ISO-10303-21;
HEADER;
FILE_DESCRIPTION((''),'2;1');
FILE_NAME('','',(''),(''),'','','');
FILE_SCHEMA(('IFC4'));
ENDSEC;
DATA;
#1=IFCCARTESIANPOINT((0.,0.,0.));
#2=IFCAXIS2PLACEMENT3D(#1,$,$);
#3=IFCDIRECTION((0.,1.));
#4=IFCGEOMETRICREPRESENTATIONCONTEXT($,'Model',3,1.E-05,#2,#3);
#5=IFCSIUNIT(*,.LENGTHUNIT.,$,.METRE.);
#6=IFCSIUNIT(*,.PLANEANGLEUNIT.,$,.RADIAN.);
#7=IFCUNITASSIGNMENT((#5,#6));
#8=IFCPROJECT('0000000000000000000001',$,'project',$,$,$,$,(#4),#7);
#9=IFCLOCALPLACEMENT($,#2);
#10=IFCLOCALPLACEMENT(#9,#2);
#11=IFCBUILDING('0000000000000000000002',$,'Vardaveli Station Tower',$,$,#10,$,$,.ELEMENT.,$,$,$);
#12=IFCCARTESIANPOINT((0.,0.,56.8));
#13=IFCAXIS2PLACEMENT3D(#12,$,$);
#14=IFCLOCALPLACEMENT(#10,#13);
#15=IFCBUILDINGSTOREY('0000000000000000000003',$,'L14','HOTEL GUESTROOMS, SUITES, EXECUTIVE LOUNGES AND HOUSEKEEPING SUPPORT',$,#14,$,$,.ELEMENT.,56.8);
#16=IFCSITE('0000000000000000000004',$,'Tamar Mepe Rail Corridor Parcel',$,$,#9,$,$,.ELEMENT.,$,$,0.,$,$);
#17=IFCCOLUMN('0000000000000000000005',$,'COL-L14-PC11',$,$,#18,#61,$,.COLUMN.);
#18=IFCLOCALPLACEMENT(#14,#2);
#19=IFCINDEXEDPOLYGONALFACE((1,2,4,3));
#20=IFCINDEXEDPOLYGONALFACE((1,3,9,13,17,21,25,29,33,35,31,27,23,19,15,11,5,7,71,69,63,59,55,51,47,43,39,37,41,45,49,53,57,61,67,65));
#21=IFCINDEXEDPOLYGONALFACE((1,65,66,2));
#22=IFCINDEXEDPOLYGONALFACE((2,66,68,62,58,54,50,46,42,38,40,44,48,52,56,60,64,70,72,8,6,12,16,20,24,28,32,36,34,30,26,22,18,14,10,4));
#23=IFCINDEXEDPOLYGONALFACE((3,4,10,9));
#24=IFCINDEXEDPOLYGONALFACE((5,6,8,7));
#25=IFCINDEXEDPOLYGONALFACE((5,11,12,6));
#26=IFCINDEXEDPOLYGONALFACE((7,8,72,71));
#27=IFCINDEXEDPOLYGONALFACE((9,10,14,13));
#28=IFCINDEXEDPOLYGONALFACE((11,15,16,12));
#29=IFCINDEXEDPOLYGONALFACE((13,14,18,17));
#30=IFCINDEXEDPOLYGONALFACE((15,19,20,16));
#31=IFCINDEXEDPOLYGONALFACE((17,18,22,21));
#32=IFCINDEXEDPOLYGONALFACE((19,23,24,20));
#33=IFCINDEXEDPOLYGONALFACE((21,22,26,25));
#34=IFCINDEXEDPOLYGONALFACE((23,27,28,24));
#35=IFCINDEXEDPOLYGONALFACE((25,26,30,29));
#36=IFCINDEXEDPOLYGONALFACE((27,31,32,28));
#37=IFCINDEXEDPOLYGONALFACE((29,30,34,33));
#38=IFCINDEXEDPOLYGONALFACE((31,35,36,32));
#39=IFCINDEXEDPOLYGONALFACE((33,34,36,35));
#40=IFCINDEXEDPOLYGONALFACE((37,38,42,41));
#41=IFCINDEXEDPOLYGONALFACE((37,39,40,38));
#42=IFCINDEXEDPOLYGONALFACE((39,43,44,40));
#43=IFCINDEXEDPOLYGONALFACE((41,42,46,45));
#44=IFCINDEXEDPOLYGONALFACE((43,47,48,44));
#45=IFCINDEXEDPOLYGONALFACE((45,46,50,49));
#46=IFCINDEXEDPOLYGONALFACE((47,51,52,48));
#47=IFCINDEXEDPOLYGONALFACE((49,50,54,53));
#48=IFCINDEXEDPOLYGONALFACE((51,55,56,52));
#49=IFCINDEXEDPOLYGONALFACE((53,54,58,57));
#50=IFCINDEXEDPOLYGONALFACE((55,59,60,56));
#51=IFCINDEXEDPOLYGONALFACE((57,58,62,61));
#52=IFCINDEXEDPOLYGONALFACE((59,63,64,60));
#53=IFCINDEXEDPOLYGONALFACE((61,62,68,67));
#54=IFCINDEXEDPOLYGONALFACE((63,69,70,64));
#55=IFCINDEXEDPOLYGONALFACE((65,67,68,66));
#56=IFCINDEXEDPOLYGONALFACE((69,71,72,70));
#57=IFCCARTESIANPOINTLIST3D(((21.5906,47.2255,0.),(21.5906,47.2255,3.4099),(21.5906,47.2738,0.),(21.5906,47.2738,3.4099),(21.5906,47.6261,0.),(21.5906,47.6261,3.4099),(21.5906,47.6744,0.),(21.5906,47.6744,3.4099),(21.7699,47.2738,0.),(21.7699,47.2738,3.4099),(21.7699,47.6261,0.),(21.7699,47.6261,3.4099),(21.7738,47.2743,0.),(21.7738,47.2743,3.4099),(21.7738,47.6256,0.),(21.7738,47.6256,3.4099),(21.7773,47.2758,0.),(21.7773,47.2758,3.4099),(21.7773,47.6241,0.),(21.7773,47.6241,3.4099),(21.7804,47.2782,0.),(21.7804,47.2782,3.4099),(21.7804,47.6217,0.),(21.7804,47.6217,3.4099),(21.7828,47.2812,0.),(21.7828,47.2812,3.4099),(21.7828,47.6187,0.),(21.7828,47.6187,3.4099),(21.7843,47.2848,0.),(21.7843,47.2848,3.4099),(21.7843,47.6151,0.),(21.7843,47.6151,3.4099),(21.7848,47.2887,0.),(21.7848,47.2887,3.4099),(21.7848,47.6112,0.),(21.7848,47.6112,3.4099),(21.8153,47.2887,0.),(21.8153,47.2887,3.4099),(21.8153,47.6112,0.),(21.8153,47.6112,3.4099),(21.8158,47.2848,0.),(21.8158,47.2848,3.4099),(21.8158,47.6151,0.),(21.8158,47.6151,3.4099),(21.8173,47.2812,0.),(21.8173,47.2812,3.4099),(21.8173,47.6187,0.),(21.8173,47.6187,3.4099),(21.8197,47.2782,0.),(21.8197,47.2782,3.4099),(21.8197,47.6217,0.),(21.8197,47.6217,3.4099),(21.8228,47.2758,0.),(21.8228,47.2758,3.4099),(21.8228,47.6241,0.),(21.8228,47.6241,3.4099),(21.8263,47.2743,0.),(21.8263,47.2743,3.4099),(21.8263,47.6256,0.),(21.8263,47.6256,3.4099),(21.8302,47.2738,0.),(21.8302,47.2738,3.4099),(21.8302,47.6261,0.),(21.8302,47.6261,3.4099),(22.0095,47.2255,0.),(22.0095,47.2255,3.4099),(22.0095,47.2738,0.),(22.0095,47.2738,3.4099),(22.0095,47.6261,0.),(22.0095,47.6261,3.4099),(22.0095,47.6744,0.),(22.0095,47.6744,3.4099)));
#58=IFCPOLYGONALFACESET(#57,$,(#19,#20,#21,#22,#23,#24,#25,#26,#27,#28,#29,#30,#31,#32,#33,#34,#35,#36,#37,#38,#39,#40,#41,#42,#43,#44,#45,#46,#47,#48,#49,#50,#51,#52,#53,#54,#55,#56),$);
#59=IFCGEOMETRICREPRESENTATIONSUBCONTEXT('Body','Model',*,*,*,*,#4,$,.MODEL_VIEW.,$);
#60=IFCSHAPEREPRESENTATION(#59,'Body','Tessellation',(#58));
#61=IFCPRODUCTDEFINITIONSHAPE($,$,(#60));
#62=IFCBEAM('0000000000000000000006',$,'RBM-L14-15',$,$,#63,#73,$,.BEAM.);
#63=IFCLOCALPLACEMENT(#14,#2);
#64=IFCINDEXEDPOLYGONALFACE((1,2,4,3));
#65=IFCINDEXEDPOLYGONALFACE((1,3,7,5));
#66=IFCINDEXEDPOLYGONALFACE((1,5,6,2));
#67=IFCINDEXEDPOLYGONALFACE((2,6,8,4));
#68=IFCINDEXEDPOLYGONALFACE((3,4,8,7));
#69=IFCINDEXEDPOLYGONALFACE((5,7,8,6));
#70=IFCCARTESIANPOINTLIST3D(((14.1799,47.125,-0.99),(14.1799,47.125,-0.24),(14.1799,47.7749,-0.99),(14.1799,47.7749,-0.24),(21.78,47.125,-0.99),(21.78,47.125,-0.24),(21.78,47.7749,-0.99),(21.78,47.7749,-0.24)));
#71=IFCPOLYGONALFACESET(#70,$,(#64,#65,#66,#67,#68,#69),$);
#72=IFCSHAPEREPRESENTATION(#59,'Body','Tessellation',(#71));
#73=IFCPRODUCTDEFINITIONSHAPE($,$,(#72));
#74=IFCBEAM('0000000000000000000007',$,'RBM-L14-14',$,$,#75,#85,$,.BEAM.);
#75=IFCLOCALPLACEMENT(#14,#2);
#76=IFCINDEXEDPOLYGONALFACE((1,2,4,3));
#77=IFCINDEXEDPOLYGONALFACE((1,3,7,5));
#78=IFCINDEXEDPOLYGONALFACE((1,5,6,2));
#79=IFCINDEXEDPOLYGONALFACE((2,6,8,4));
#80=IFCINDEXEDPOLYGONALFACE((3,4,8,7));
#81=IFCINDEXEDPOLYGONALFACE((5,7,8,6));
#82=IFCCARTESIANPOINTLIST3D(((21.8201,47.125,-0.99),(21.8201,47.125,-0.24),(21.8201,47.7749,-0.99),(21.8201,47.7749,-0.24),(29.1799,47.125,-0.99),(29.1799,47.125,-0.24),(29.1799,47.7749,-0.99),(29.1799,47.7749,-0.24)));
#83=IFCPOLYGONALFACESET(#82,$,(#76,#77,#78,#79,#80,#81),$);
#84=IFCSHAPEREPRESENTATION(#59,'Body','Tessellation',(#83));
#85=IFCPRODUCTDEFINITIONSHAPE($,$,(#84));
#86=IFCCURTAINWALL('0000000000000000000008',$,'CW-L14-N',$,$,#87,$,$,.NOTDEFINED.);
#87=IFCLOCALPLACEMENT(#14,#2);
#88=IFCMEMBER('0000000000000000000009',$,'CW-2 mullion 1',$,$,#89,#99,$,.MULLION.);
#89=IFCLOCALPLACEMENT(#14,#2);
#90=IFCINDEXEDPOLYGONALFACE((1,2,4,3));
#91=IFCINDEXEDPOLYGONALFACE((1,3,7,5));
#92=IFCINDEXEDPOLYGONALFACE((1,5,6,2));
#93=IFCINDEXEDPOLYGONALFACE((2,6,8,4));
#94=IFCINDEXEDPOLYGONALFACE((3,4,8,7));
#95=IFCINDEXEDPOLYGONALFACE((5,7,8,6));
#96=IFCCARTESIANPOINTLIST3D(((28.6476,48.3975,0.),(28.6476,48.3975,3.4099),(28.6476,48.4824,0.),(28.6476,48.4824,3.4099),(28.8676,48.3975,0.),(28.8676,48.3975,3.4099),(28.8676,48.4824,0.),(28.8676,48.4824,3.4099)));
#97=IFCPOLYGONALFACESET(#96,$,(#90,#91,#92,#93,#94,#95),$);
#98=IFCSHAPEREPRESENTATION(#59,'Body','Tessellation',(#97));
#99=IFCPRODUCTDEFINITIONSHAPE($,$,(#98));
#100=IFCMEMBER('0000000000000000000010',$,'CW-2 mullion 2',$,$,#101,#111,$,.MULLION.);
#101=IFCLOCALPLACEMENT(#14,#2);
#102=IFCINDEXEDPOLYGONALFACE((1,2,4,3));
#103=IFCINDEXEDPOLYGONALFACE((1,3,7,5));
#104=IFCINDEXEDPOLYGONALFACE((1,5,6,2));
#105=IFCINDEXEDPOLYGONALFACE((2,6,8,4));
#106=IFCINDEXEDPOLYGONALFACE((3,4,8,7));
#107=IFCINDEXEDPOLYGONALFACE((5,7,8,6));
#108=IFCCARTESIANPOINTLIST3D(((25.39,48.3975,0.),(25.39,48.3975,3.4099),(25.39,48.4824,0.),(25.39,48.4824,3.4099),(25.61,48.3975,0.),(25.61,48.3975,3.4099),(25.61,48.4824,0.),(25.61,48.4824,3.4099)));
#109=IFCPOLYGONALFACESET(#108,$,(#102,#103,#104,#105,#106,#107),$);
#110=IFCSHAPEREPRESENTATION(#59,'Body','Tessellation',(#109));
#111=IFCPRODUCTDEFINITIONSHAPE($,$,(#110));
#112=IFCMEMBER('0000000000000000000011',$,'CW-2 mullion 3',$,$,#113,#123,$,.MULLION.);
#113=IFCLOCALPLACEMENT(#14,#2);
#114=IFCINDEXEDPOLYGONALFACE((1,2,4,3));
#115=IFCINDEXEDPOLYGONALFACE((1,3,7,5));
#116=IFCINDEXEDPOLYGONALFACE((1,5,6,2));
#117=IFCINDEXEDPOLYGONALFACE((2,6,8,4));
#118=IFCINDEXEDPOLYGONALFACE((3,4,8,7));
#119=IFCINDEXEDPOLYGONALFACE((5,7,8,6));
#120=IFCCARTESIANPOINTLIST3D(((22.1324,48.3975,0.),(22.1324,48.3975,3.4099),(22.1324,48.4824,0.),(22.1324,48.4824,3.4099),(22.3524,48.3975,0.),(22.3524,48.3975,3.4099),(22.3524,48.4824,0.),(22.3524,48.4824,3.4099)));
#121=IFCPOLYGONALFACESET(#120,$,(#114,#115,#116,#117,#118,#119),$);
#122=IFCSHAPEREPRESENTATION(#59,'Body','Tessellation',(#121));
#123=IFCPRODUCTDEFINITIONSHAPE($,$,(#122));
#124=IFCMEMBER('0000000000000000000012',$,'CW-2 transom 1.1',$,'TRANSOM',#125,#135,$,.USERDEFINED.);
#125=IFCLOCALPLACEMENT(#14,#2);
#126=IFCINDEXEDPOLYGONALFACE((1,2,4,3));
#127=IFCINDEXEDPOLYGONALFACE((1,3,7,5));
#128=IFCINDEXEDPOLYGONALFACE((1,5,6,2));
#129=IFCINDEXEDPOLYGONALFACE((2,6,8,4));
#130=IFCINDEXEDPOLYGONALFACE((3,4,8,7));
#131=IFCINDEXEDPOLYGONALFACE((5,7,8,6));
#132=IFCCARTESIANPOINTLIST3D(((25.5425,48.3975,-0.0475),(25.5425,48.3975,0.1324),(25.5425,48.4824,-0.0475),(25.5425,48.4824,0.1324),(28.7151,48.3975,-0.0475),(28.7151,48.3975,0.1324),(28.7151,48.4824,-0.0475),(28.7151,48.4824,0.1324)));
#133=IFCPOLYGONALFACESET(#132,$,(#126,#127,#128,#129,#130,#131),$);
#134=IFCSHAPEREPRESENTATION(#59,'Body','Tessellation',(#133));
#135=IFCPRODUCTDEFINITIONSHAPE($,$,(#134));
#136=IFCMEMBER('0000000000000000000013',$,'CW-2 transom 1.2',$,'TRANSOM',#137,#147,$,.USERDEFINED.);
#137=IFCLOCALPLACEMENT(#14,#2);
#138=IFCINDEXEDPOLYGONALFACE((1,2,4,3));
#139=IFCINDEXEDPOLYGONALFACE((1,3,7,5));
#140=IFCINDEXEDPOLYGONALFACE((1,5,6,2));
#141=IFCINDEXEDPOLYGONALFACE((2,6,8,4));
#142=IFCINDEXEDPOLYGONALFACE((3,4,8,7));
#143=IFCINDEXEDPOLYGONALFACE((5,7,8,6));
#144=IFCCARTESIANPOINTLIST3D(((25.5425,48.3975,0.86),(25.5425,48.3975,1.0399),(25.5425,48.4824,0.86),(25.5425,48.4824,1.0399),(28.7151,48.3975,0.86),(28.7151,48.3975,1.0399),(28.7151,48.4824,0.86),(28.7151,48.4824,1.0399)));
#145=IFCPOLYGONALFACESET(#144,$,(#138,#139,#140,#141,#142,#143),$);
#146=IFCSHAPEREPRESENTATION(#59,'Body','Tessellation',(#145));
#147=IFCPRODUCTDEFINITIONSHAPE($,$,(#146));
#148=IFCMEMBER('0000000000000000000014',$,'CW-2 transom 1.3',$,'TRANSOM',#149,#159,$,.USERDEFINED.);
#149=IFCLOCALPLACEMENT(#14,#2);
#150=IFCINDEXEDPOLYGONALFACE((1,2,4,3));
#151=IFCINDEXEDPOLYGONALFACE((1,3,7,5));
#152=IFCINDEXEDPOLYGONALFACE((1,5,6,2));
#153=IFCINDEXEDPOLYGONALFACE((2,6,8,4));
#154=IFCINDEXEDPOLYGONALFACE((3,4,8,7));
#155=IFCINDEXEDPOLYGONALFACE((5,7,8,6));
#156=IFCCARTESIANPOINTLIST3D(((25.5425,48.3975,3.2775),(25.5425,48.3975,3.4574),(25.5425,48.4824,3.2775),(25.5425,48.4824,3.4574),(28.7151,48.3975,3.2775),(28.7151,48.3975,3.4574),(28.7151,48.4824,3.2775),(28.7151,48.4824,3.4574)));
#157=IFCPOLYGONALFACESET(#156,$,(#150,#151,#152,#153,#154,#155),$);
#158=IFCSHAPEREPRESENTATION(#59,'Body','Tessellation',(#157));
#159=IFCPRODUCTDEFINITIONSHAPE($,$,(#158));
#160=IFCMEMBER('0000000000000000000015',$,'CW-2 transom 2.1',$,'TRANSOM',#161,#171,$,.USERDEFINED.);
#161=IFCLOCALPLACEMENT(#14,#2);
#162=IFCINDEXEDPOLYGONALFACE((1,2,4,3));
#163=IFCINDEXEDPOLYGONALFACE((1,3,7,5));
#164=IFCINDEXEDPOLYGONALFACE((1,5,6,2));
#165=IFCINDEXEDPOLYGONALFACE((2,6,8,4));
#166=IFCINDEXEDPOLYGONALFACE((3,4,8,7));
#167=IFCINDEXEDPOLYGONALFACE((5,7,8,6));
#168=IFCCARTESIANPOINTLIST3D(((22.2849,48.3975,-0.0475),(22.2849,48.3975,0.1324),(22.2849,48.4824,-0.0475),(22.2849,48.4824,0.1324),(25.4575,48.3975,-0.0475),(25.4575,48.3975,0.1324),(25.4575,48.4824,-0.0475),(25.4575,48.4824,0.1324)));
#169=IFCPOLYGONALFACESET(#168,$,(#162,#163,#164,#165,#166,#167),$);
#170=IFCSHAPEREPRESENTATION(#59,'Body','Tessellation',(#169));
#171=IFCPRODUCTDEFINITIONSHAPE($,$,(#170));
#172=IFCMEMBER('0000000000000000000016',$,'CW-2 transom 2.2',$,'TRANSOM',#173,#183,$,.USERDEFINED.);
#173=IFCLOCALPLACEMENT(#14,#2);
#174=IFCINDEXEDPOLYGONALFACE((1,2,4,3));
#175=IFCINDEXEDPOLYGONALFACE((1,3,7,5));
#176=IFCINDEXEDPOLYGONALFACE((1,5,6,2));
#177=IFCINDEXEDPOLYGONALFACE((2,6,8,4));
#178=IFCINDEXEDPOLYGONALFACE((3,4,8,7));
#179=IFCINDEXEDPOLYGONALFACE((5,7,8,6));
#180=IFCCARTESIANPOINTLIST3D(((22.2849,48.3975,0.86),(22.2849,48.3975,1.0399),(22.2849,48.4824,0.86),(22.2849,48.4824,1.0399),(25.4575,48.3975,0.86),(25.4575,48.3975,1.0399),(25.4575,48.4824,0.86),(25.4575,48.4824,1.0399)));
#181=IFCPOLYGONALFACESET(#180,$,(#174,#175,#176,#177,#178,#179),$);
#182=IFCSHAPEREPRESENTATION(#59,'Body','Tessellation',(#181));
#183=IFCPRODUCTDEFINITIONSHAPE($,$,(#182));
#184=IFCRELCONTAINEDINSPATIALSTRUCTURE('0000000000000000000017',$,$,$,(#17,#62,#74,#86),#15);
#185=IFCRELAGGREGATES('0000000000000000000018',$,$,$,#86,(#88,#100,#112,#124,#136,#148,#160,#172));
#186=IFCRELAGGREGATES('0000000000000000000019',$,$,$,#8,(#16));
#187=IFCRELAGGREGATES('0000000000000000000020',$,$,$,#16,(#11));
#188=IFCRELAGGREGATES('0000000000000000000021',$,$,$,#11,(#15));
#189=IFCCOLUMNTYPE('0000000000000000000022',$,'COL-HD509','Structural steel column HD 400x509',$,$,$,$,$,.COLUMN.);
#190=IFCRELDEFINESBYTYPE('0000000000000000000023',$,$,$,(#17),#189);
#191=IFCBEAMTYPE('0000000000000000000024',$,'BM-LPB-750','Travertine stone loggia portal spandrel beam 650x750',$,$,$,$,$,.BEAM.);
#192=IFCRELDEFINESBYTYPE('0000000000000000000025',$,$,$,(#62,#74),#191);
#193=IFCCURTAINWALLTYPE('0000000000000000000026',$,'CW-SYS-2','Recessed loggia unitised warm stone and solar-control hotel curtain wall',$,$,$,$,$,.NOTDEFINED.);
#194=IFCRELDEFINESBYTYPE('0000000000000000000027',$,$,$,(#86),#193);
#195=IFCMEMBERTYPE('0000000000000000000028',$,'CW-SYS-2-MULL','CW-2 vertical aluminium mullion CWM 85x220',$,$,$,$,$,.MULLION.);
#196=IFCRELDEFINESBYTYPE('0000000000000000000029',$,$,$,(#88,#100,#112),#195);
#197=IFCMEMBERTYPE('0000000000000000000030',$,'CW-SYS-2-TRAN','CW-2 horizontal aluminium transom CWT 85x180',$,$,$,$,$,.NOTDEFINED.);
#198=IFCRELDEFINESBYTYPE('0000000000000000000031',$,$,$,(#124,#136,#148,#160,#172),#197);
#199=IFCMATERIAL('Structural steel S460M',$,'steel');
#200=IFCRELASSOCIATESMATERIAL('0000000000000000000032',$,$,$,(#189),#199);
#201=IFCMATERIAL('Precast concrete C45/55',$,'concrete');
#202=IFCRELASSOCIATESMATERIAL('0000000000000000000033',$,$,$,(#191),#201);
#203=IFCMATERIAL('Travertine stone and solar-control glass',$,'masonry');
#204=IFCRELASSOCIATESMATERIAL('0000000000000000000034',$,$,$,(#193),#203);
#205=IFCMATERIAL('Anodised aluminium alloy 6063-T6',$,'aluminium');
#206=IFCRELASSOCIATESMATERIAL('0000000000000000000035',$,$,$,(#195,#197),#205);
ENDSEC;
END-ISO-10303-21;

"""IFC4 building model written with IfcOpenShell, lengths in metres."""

from ifc_helpers import new_model, si_unit, direction, frame, origin, origin_2d, place, context, subcontext, project, spatial, rectangle, i_section, extrude, source, transform, mapped, material, material_profile, profile_set, type_object, element, aggregate, save


model = new_model("IFC4")

# Units and contexts
model_context = context("Model", 3, precision=1e-05, world=origin(), true_north=direction((0.0, 1.0)))
body_context = subcontext(model_context, "Body", "Model", "MODEL_VIEW")
ifc_project = project(units=[si_unit("LENGTHUNIT", "METRE"), si_unit("PLANEANGLEUNIT", "RADIAN")], contexts=[model_context])

# Site, building, storey
site_placement = place(None, origin())
site = spatial("IfcSite", under=ifc_project, at=site_placement, Name="Tamar Mepe Rail Corridor Parcel", CompositionType="ELEMENT", RefElevation=0.0)
building_placement = place(site_placement, origin())
building = spatial("IfcBuilding", under=site, at=building_placement, Name="Vardaveli Station Tower", CompositionType="ELEMENT")
storey_placement = place(building_placement, frame((0.0, 0.0, 56.8)))
storey = spatial("IfcBuildingStorey", under=building, at=storey_placement, Name="L14", Description="HOTEL GUESTROOMS, SUITES, EXECUTIVE LOUNGES AND HOUSEKEEPING SUPPORT", CompositionType="ELEMENT", Elevation=56.8)

# Column
ifc_material_1 = material(Name="Structural steel S460M", Category="steel")
ifc_material_profile_1 = material_profile(ifc_material_1, i_section(OverallWidth=0.4189, OverallDepth=0.449, WebThickness=0.0305, FlangeThickness=0.0483, FilletRadius=0.0149, at=origin_2d()), Name="HD 400x509")
ifc_profile_set_1 = profile_set([ifc_material_profile_1], Name="Structural steel S460M")
column_type = type_object("IfcColumnType", Name="COL-HD509", Description="Structural steel column HD 400x509", PredefinedType="COLUMN", material=ifc_profile_set_1)
shared_shape_1 = source(origin(), body_context, "Body", "SweptSolid", [
    extrude(i_section(OverallWidth=0.4189, OverallDepth=0.449, WebThickness=0.0305, FlangeThickness=0.0483, FilletRadius=0.0149, at=origin_2d()), origin(), (0.0, 0.0, 1.0), 3.4099),
])
column_placement = place(storey_placement, frame((21.8, 47.45, 0.0), z_axis=(0.0, 0.0, 1.0), x_axis=(1.0, 0.0, 0.0)))
element("IfcColumn", 1, at=column_placement, inside=storey, type_object=column_type, Name="COL-L14-PC11", PredefinedType="COLUMN", context=body_context, shape_type="MappedRepresentation", body=[
    mapped(shared_shape_1, transform((0.0, 0.0, 0.0), scale=1.0)),
])

# Beams
ifc_material_2 = material(Name="Precast concrete C45/55", Category="concrete")
ifc_material_profile_2 = material_profile(ifc_material_2, rectangle(XDim=0.6499, YDim=0.75, at=origin_2d()), Name="LPB 650x750")
ifc_profile_set_2 = profile_set([ifc_material_profile_2], Name="Precast concrete C45/55")
beam_type = type_object("IfcBeamType", Name="BM-LPB-750", Description="Travertine stone loggia portal spandrel beam 650x750", PredefinedType="BEAM", material=ifc_profile_set_2)
shared_shape_2 = source(origin(), body_context, "Body", "SweptSolid", [
    extrude(rectangle(XDim=0.6499, YDim=0.75, at=origin_2d()), origin(), (0.0, 0.0, 1.0), 7.6001),
])
beam_1_placement = place(storey_placement, frame((21.78, 47.45, -0.615), z_axis=(-1.0, 0.0, 0.0), x_axis=(0.0, -1.0, 0.0)))
element("IfcBeam", 2, at=beam_1_placement, inside=storey, type_object=beam_type, Name="RBM-L14-15", PredefinedType="BEAM", context=body_context, shape_type="MappedRepresentation", body=[
    mapped(shared_shape_2, transform((0.0, 0.0, 0.0), scale=1.0)),
])
shared_shape_3 = source(origin(), body_context, "Body", "SweptSolid", [
    extrude(rectangle(XDim=0.6499, YDim=0.75, at=origin_2d()), origin(), (0.0, 0.0, 1.0), 7.3599),
])
beam_2_placement = place(storey_placement, frame((29.1799, 47.45, -0.615), z_axis=(-1.0, 0.0, 0.0), x_axis=(0.0, -1.0, 0.0)))
element("IfcBeam", 3, at=beam_2_placement, inside=storey, type_object=beam_type, Name="RBM-L14-14", PredefinedType="BEAM", context=body_context, shape_type="MappedRepresentation", body=[
    mapped(shared_shape_3, transform((0.0, 0.0, 0.0), scale=1.0)),
])

# Curtain wall, members
ifc_material_3 = material(Name="Travertine stone and solar-control glass", Category="masonry")
curtain_wall_type = type_object("IfcCurtainWallType", Name="CW-SYS-2", Description="Recessed loggia unitised warm stone and solar-control hotel curtain wall", PredefinedType="NOTDEFINED", material=ifc_material_3)
curtain_wall_placement = place(storey_placement, origin())
curtain_wall = element("IfcCurtainWall", 4, at=curtain_wall_placement, inside=storey, type_object=curtain_wall_type, Name="CW-L14-N", PredefinedType="NOTDEFINED")
ifc_material_4 = material(Name="Anodised aluminium alloy 6063-T6", Category="aluminium")
ifc_material_profile_3 = material_profile(ifc_material_4, rectangle(XDim=0.085, YDim=0.22, at=origin_2d()), Name="CWM 85x220")
ifc_profile_set_3 = profile_set([ifc_material_profile_3], Name="Anodised aluminium alloy 6063-T6")
member_type_1 = type_object("IfcMemberType", Name="CW-SYS-2-MULL", Description="CW-2 vertical aluminium mullion CWM 85x220", PredefinedType="MULLION", material=ifc_profile_set_3)
shared_shape_4 = source(origin(), body_context, "Body", "SweptSolid", [
    extrude(rectangle(XDim=0.085, YDim=0.22, at=origin_2d()), origin(), (0.0, 0.0, 1.0), 3.4099),
])
member_1_placement = place(storey_placement, frame((28.7576, 48.4399, 0.0), z_axis=(0.0, 0.0, 1.0), x_axis=(0.0, -1.0, 0.0)))
member_1 = element("IfcMember", 5, at=member_1_placement, type_object=member_type_1, Name="CW-2 mullion 1", PredefinedType="MULLION", context=body_context, shape_type="MappedRepresentation", body=[
    mapped(shared_shape_4, transform((0.0, 0.0, 0.0), scale=1.0)),
])
member_2_placement = place(storey_placement, frame((25.5, 48.4399, 0.0), z_axis=(0.0, 0.0, 1.0), x_axis=(0.0, -1.0, 0.0)))
member_2 = element("IfcMember", 6, at=member_2_placement, type_object=member_type_1, Name="CW-2 mullion 2", PredefinedType="MULLION", context=body_context, shape_type="MappedRepresentation", body=[
    mapped(shared_shape_4, transform((0.0, 0.0, 0.0), scale=1.0)),
])
member_3_placement = place(storey_placement, frame((22.2424, 48.4399, 0.0), z_axis=(0.0, 0.0, 1.0), x_axis=(0.0, -1.0, 0.0)))
member_3 = element("IfcMember", 7, at=member_3_placement, type_object=member_type_1, Name="CW-2 mullion 3", PredefinedType="MULLION", context=body_context, shape_type="MappedRepresentation", body=[
    mapped(shared_shape_4, transform((0.0, 0.0, 0.0), scale=1.0)),
])
ifc_material_profile_4 = material_profile(ifc_material_4, rectangle(XDim=0.085, YDim=0.1799, at=origin_2d()), Name="CWT 85x180")
ifc_profile_set_4 = profile_set([ifc_material_profile_4], Name="Anodised aluminium alloy 6063-T6")
member_type_2 = type_object("IfcMemberType", Name="CW-SYS-2-TRAN", Description="CW-2 horizontal aluminium transom CWT 85x180", PredefinedType="NOTDEFINED", material=ifc_profile_set_4)
shared_shape_5 = source(origin(), body_context, "Body", "SweptSolid", [
    extrude(rectangle(XDim=0.085, YDim=0.1799, at=origin_2d()), origin(), (0.0, 0.0, 1.0), 3.1726),
])
member_4_placement = place(storey_placement, frame((28.7151, 48.4399, 0.0425), z_axis=(-1.0, 0.0, 0.0), x_axis=(0.0, -1.0, 0.0)))
member_4 = element("IfcMember", 8, at=member_4_placement, type_object=member_type_2, Name="CW-2 transom 1.1", ObjectType="TRANSOM", PredefinedType="USERDEFINED", context=body_context, shape_type="MappedRepresentation", body=[
    mapped(shared_shape_5, transform((0.0, 0.0, 0.0), scale=1.0)),
])
member_5_placement = place(storey_placement, frame((28.7151, 48.4399, 0.95), z_axis=(-1.0, 0.0, 0.0), x_axis=(0.0, -1.0, 0.0)))
member_5 = element("IfcMember", 9, at=member_5_placement, type_object=member_type_2, Name="CW-2 transom 1.2", ObjectType="TRANSOM", PredefinedType="USERDEFINED", context=body_context, shape_type="MappedRepresentation", body=[
    mapped(shared_shape_5, transform((0.0, 0.0, 0.0), scale=1.0)),
])
member_6_placement = place(storey_placement, frame((28.7151, 48.4399, 3.3674), z_axis=(-1.0, 0.0, 0.0), x_axis=(0.0, -1.0, 0.0)))
member_6 = element("IfcMember", 10, at=member_6_placement, type_object=member_type_2, Name="CW-2 transom 1.3", ObjectType="TRANSOM", PredefinedType="USERDEFINED", context=body_context, shape_type="MappedRepresentation", body=[
    mapped(shared_shape_5, transform((0.0, 0.0, 0.0), scale=1.0)),
])
member_7_placement = place(storey_placement, frame((25.4575, 48.4399, 0.0425), z_axis=(-1.0, 0.0, 0.0), x_axis=(0.0, -1.0, 0.0)))
member_7 = element("IfcMember", 11, at=member_7_placement, type_object=member_type_2, Name="CW-2 transom 2.1", ObjectType="TRANSOM", PredefinedType="USERDEFINED", context=body_context, shape_type="MappedRepresentation", body=[
    mapped(shared_shape_5, transform((0.0, 0.0, 0.0), scale=1.0)),
])
member_8_placement = place(storey_placement, frame((25.4575, 48.4399, 0.95), z_axis=(-1.0, 0.0, 0.0), x_axis=(0.0, -1.0, 0.0)))
member_8 = element("IfcMember", 12, at=member_8_placement, type_object=member_type_2, Name="CW-2 transom 2.2", ObjectType="TRANSOM", PredefinedType="USERDEFINED", context=body_context, shape_type="MappedRepresentation", body=[
    mapped(shared_shape_5, transform((0.0, 0.0, 0.0), scale=1.0)),
])
aggregate(curtain_wall, [member_1, member_2, member_3, member_4, member_5, member_6, member_7, member_8])

save(model, "model.ifc")
